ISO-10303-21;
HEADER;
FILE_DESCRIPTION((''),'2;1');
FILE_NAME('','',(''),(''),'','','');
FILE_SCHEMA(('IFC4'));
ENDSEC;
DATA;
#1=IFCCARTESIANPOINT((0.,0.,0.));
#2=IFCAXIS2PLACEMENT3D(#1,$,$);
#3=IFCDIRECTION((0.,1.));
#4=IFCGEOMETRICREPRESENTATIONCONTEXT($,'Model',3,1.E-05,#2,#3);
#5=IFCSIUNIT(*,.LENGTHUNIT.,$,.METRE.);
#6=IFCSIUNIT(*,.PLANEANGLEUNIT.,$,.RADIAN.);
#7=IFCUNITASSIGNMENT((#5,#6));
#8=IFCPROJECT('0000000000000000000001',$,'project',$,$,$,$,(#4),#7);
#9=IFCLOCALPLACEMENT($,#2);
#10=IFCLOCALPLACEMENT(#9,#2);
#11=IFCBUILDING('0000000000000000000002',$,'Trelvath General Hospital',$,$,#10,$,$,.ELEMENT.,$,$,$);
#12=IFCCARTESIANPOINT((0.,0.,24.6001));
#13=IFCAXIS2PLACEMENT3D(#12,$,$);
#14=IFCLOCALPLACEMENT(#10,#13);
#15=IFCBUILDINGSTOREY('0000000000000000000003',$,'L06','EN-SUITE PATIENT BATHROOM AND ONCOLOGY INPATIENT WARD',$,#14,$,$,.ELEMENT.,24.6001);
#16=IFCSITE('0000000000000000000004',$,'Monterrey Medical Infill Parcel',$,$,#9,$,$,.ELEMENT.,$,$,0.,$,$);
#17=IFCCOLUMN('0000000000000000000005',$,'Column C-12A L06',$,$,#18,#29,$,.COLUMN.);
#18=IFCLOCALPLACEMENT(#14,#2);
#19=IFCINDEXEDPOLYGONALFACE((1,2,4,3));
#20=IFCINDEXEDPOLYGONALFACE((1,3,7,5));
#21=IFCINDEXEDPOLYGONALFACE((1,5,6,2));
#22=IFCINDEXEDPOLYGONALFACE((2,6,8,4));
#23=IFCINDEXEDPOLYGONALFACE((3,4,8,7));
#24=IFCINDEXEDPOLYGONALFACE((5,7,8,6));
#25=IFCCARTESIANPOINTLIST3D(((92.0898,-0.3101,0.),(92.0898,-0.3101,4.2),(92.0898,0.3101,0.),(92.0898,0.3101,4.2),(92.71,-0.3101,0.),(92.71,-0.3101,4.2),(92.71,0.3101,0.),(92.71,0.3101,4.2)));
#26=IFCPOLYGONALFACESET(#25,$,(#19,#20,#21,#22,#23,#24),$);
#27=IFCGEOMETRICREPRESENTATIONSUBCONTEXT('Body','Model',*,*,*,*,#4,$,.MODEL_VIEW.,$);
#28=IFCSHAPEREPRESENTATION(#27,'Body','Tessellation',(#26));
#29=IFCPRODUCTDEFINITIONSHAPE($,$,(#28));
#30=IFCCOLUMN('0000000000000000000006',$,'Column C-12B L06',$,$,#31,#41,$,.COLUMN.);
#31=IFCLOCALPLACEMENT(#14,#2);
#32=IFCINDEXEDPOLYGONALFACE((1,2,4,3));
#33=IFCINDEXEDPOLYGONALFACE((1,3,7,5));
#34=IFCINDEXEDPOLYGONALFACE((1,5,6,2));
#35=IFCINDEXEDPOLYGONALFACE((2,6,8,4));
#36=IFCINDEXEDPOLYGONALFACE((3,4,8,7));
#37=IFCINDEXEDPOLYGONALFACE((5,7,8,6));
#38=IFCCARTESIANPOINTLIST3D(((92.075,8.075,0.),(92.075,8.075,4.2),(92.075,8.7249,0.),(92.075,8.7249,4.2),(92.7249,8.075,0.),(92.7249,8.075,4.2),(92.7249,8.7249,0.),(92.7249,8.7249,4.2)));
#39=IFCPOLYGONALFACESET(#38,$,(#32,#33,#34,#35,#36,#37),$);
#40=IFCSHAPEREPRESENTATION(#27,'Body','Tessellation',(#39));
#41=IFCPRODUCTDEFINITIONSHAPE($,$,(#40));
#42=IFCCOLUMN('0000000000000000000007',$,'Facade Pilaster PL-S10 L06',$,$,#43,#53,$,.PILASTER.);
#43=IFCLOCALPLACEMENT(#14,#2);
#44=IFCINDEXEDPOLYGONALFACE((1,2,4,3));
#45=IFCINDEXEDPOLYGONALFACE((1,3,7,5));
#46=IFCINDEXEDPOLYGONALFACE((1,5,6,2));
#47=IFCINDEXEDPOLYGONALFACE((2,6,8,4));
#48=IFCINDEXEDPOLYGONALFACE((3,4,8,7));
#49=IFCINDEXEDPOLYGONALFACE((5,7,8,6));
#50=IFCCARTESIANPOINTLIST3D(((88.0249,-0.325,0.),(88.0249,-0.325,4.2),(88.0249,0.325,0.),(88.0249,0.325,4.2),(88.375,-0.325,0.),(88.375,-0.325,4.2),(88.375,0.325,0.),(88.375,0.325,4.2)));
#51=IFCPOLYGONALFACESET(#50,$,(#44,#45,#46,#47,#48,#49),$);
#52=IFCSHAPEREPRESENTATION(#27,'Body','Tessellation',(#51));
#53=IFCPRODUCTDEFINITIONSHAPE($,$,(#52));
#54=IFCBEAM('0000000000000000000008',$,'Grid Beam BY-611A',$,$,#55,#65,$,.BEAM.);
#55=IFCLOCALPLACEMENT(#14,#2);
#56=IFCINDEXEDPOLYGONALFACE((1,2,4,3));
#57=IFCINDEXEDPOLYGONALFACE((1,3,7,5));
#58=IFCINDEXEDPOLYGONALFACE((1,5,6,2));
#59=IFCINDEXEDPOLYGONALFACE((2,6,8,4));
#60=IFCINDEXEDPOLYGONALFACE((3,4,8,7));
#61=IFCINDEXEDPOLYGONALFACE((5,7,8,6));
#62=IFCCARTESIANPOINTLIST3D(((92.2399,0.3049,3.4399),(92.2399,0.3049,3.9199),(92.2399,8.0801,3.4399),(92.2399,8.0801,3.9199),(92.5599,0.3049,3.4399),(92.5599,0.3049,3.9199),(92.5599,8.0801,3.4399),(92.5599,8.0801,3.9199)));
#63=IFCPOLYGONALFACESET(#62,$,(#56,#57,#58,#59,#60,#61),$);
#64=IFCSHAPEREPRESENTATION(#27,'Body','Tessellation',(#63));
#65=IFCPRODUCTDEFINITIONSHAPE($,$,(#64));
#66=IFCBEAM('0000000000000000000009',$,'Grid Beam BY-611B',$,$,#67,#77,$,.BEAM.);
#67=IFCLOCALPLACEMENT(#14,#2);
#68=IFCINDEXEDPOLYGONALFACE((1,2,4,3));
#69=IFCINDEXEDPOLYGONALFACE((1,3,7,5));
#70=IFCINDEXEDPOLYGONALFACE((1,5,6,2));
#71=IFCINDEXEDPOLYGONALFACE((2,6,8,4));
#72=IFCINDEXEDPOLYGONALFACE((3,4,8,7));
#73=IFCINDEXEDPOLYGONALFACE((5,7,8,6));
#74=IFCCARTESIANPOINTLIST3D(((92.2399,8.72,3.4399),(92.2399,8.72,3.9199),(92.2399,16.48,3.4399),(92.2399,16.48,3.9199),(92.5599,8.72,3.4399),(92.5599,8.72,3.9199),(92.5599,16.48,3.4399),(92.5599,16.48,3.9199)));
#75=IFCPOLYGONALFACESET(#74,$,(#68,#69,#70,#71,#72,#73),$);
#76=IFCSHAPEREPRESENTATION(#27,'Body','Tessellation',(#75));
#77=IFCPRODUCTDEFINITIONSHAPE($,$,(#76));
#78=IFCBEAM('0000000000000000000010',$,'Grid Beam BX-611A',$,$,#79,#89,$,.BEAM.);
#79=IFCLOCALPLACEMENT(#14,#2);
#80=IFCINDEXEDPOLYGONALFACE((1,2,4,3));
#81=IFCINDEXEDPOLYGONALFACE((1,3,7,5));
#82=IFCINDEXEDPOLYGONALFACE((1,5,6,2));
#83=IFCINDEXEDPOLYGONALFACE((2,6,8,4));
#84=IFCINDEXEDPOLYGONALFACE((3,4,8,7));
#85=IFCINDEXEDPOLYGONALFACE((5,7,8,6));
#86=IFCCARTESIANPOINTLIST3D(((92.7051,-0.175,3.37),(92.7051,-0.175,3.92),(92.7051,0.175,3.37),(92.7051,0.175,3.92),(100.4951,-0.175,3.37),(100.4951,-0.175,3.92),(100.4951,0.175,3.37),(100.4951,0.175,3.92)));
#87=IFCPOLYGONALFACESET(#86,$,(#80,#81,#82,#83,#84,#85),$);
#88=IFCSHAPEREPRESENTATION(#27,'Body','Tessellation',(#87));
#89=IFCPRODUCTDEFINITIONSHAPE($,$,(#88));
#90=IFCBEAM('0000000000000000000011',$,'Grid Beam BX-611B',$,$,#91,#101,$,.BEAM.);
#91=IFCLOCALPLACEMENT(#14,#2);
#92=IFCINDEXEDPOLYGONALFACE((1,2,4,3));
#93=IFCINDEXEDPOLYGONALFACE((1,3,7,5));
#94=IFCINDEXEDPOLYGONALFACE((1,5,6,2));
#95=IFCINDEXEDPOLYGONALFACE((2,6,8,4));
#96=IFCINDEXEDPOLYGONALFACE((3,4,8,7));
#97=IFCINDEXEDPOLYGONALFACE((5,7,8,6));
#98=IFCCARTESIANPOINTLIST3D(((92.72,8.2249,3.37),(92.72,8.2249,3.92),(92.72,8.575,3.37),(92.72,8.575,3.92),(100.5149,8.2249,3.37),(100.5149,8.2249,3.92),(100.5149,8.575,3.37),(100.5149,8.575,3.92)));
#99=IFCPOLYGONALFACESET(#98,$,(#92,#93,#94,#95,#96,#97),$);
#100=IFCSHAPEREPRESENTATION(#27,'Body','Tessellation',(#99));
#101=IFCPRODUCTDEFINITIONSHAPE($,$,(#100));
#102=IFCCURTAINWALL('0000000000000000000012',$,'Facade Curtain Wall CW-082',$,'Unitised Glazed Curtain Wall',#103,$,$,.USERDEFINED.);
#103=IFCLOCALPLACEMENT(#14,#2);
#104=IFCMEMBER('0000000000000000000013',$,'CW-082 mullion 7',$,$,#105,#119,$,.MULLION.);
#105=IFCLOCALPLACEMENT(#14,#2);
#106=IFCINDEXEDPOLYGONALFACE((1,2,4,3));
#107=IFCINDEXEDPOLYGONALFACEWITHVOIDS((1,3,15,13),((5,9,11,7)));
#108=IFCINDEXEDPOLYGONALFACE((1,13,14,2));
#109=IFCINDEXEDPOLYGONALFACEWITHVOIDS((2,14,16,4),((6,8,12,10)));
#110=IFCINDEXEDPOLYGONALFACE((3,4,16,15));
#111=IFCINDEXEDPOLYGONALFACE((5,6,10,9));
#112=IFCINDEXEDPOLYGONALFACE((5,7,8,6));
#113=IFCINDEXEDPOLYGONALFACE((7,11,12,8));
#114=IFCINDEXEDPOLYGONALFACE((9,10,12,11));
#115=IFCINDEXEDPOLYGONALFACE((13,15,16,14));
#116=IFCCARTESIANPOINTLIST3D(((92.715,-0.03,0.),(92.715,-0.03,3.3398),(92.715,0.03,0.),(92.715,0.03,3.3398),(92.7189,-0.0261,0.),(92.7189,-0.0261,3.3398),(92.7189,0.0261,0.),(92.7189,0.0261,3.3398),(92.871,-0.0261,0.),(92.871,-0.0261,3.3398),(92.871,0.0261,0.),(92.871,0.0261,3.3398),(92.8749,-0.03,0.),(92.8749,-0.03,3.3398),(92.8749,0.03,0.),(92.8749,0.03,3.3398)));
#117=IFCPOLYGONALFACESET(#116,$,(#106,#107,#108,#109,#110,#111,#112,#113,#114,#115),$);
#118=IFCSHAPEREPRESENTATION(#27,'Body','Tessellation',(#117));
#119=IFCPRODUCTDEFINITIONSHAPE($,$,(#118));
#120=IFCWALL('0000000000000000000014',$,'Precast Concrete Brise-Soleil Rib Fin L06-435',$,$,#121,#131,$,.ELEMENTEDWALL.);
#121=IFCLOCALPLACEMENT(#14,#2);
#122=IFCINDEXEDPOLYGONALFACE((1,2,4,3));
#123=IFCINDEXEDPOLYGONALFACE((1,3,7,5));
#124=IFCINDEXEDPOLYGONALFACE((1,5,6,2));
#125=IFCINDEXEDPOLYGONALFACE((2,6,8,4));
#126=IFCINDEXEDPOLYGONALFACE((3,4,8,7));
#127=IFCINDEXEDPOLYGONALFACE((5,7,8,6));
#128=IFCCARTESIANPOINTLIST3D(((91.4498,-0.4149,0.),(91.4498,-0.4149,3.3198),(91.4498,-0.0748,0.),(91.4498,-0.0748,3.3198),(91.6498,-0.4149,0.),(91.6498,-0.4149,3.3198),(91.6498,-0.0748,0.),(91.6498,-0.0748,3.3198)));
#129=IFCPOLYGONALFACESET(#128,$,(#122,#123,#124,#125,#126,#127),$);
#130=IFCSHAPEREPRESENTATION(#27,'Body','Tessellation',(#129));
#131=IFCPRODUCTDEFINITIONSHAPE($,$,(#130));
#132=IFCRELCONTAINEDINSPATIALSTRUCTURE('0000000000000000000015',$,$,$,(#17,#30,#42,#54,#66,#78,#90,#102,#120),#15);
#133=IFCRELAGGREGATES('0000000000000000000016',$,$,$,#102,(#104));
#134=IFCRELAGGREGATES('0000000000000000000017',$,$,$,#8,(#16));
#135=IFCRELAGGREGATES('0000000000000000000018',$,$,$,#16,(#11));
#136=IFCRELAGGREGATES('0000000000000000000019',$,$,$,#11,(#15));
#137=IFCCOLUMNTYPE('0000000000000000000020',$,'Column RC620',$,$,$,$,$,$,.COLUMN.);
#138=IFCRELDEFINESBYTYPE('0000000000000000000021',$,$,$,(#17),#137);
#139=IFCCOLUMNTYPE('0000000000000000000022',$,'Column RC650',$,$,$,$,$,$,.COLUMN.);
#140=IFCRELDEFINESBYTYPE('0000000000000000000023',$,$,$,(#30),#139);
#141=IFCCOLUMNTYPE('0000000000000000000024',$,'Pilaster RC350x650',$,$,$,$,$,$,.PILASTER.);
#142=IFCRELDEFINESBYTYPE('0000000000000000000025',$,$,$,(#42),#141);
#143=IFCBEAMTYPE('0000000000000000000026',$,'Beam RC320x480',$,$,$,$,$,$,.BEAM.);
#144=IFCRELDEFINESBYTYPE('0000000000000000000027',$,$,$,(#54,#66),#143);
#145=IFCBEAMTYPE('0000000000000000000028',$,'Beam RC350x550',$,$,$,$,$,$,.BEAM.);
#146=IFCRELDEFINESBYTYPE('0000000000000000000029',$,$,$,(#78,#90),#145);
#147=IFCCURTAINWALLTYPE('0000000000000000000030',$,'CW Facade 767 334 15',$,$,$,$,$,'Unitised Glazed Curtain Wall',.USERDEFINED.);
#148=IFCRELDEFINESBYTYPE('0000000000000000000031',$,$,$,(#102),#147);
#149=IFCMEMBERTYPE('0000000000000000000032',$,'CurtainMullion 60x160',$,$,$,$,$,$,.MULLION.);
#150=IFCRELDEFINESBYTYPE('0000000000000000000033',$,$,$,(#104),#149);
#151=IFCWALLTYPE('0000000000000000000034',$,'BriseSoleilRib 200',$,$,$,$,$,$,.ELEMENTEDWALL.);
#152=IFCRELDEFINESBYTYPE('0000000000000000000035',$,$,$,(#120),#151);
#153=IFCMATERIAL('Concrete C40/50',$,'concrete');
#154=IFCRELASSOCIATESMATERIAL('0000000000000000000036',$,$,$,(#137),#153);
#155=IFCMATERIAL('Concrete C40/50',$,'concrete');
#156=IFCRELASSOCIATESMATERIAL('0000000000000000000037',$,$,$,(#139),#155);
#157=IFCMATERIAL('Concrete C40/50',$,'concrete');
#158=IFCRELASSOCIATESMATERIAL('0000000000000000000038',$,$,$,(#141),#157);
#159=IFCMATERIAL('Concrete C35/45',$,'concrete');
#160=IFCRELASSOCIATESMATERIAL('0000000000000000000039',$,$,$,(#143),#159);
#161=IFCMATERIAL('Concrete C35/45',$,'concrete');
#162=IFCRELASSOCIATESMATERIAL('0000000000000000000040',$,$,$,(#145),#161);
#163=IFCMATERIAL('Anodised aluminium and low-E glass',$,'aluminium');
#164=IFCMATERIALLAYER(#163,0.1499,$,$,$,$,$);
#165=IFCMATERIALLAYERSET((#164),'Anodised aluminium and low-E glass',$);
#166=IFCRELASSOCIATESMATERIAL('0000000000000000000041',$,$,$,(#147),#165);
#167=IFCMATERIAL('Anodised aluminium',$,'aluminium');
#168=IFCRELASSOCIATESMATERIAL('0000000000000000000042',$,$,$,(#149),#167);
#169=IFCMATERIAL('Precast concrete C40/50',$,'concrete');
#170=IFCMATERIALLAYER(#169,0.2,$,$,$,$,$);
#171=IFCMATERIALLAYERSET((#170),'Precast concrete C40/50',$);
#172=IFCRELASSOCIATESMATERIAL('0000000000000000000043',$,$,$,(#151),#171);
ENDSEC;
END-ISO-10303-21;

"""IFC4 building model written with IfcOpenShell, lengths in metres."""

from ifc_helpers import new_model, si_unit, direction, frame, frame_2d, origin, origin_2d, place, context, subcontext, project, spatial, rectangle, hollow_rectangle, extrude, material, layer, layer_set, material_profile, profile_set, type_object, element, aggregate, save


model = new_model("IFC4")

# Units and contexts
model_context = context("Model", 3, precision=1e-05, world=origin(), true_north=direction((0.0, 1.0)))
body_context = subcontext(model_context, "Body", "Model", "MODEL_VIEW")
ifc_project = project(units=[si_unit("LENGTHUNIT", "METRE"), si_unit("PLANEANGLEUNIT", "RADIAN")], contexts=[model_context])

# Site, building, storey
site_placement = place(None, origin())
site = spatial("IfcSite", under=ifc_project, at=site_placement, Name="Monterrey Medical Infill Parcel", CompositionType="ELEMENT", RefElevation=0.0)
building_placement = place(site_placement, origin())
building = spatial("IfcBuilding", under=site, at=building_placement, Name="Trelvath General Hospital", CompositionType="ELEMENT")
storey_placement = place(building_placement, frame((0.0, 0.0, 24.6001)))
storey = spatial("IfcBuildingStorey", under=building, at=storey_placement, Name="L06", Description="EN-SUITE PATIENT BATHROOM AND ONCOLOGY INPATIENT WARD", CompositionType="ELEMENT", Elevation=24.6001)

# Columns
ifc_material_1 = material(Name="Concrete C40/50", Category="concrete")
ifc_material_profile_1 = material_profile(ifc_material_1, rectangle(XDim=0.6201, YDim=0.6201, at=origin_2d()), Name="RC620x620")
ifc_profile_set_1 = profile_set([ifc_material_profile_1], Name="Concrete C40/50")
column_type_1 = type_object("IfcColumnType", Name="Column RC620", PredefinedType="COLUMN", material=ifc_profile_set_1)
column_1_placement = place(storey_placement, frame((92.3999, 0.0, 0.0), z_axis=(0.0, 0.0, 1.0), x_axis=(1.0, 0.0, 0.0)))
element("IfcColumn", 1, at=column_1_placement, inside=storey, type_object=column_type_1, Name="Column C-12A L06", PredefinedType="COLUMN", context=body_context, shape_type="SweptSolid", body=[
    extrude(rectangle(XDim=0.6201, YDim=0.6201, at=origin_2d()), origin(), (0.0, 0.0, 1.0), 4.2),
])
ifc_material_2 = material(Name="Concrete C40/50", Category="concrete")
ifc_material_profile_2 = material_profile(ifc_material_2, rectangle(XDim=0.6499, YDim=0.6499, at=origin_2d()), Name="RC650x650")
ifc_profile_set_2 = profile_set([ifc_material_profile_2], Name="Concrete C40/50")
column_type_2 = type_object("IfcColumnType", Name="Column RC650", PredefinedType="COLUMN", material=ifc_profile_set_2)
column_2_placement = place(storey_placement, frame((92.3999, 8.3999, 0.0), z_axis=(0.0, 0.0, 1.0), x_axis=(1.0, 0.0, 0.0)))
element("IfcColumn", 2, at=column_2_placement, inside=storey, type_object=column_type_2, Name="Column C-12B L06", PredefinedType="COLUMN", context=body_context, shape_type="SweptSolid", body=[
    extrude(rectangle(XDim=0.6499, YDim=0.6499, at=origin_2d()), origin(), (0.0, 0.0, 1.0), 4.2),
])
ifc_material_3 = material(Name="Concrete C40/50", Category="concrete")
ifc_material_profile_3 = material_profile(ifc_material_3, rectangle(XDim=0.3501, YDim=0.6499, at=origin_2d()), Name="RC350x650")
ifc_profile_set_3 = profile_set([ifc_material_profile_3], Name="Concrete C40/50")
column_type_3 = type_object("IfcColumnType", Name="Pilaster RC350x650", PredefinedType="PILASTER", material=ifc_profile_set_3)
column_3_placement = place(storey_placement, frame((88.2, 0.0, 0.0), z_axis=(0.0, 0.0, 1.0), x_axis=(1.0, 0.0, 0.0)))
element("IfcColumn", 3, at=column_3_placement, inside=storey, type_object=column_type_3, Name="Facade Pilaster PL-S10 L06", PredefinedType="PILASTER", context=body_context, shape_type="SweptSolid", body=[
    extrude(rectangle(XDim=0.3501, YDim=0.6499, at=origin_2d()), origin(), (0.0, 0.0, 1.0), 4.2),
])

# Beams
ifc_material_4 = material(Name="Concrete C35/45", Category="concrete")
ifc_material_profile_4 = material_profile(ifc_material_4, rectangle(XDim=0.3201, YDim=0.48, at=origin_2d()), Name="RCB320x480")
ifc_profile_set_4 = profile_set([ifc_material_profile_4], Name="Concrete C35/45")
beam_type_1 = type_object("IfcBeamType", Name="Beam RC320x480", PredefinedType="BEAM", material=ifc_profile_set_4)
beam_1_placement = place(storey_placement, frame((92.3999, 0.3049, 3.6799), z_axis=(0.0, 1.0, 0.0), x_axis=(-1.0, 0.0, 0.0)))
element("IfcBeam", 4, at=beam_1_placement, inside=storey, type_object=beam_type_1, Name="Grid Beam BY-611A", PredefinedType="BEAM", context=body_context, shape_type="SweptSolid", body=[
    extrude(rectangle(XDim=0.3201, YDim=0.48, at=origin_2d()), origin(), (0.0, 0.0, 1.0), 7.7751),
])
beam_2_placement = place(storey_placement, frame((92.3999, 8.72, 3.6799), z_axis=(0.0, 1.0, 0.0), x_axis=(-1.0, 0.0, 0.0)))
element("IfcBeam", 5, at=beam_2_placement, inside=storey, type_object=beam_type_1, Name="Grid Beam BY-611B", PredefinedType="BEAM", context=body_context, shape_type="SweptSolid", body=[
    extrude(rectangle(XDim=0.3201, YDim=0.48, at=origin_2d()), origin(), (0.0, 0.0, 1.0), 7.76),
])
ifc_material_5 = material(Name="Concrete C35/45", Category="concrete")
ifc_material_profile_5 = material_profile(ifc_material_5, rectangle(XDim=0.3501, YDim=0.55, at=origin_2d()), Name="RCB350x550")
ifc_profile_set_5 = profile_set([ifc_material_profile_5], Name="Concrete C35/45")
beam_type_2 = type_object("IfcBeamType", Name="Beam RC350x550", PredefinedType="BEAM", material=ifc_profile_set_5)
beam_3_placement = place(storey_placement, frame((92.7051, 0.0, 3.645), z_axis=(1.0, 0.0, 0.0), x_axis=(0.0, 1.0, 0.0)))
element("IfcBeam", 6, at=beam_3_placement, inside=storey, type_object=beam_type_2, Name="Grid Beam BX-611A", PredefinedType="BEAM", context=body_context, shape_type="SweptSolid", body=[
    extrude(rectangle(XDim=0.3501, YDim=0.55, at=origin_2d()), origin(), (0.0, 0.0, 1.0), 7.79),
])
beam_4_placement = place(storey_placement, frame((92.72, 8.3999, 3.645), z_axis=(1.0, 0.0, 0.0), x_axis=(0.0, 1.0, 0.0)))
element("IfcBeam", 7, at=beam_4_placement, inside=storey, type_object=beam_type_2, Name="Grid Beam BX-611B", PredefinedType="BEAM", context=body_context, shape_type="SweptSolid", body=[
    extrude(rectangle(XDim=0.3501, YDim=0.55, at=origin_2d()), origin(), (0.0, 0.0, 1.0), 7.7949),
])

# Curtain wall, member
ifc_material_6 = material(Name="Anodised aluminium and low-E glass", Category="aluminium")
ifc_layer_1 = layer(ifc_material_6, 0.1499)
ifc_layer_set_1 = layer_set([ifc_layer_1], Name="Anodised aluminium and low-E glass")
curtain_wall_type = type_object("IfcCurtainWallType", Name="CW Facade 767 334 15", ElementType="Unitised Glazed Curtain Wall", PredefinedType="USERDEFINED", material=ifc_layer_set_1)
curtain_wall_placement = place(storey_placement, origin())
curtain_wall = element("IfcCurtainWall", 8, at=curtain_wall_placement, inside=storey, type_object=curtain_wall_type, Name="Facade Curtain Wall CW-082", ObjectType="Unitised Glazed Curtain Wall", PredefinedType="USERDEFINED")
ifc_material_7 = material(Name="Anodised aluminium", Category="aluminium")
ifc_material_profile_6 = material_profile(ifc_material_7, hollow_rectangle(XDim=0.0601, YDim=0.1599, WallThickness=0.0039, at=origin_2d()), Name="RHS60x160x4")
ifc_profile_set_6 = profile_set([ifc_material_profile_6], Name="Anodised aluminium")
member_type = type_object("IfcMemberType", Name="CurtainMullion 60x160", PredefinedType="MULLION", material=ifc_profile_set_6)
member_placement = place(storey_placement, frame((92.7949, 0.0, 0.0), z_axis=(0.0, 0.0, 1.0), x_axis=(0.0, -1.0, 0.0)))
member = element("IfcMember", 9, at=member_placement, type_object=member_type, Name="CW-082 mullion 7", PredefinedType="MULLION", context=body_context, shape_type="SweptSolid", body=[
    extrude(hollow_rectangle(XDim=0.0601, YDim=0.1599, WallThickness=0.0039, at=origin_2d()), origin(), (0.0, 0.0, 1.0), 3.3398),
])
aggregate(curtain_wall, [member])

# Wall
ifc_material_8 = material(Name="Precast concrete C40/50", Category="concrete")
ifc_layer_2 = layer(ifc_material_8, 0.2)
ifc_layer_set_2 = layer_set([ifc_layer_2], Name="Precast concrete C40/50")
wall_type_1 = type_object("IfcWallType", Name="BriseSoleilRib 200", PredefinedType="ELEMENTEDWALL", material=ifc_layer_set_2)
wall_1_placement = place(storey_placement, frame((91.5498, -0.075, 0.0), z_axis=(0.0, 0.0, 1.0), x_axis=(0.0, -1.0, 0.0)))
element("IfcWall", 10, at=wall_1_placement, inside=storey, type_object=wall_type_1, Name="Precast Concrete Brise-Soleil Rib Fin L06-435", PredefinedType="ELEMENTEDWALL", context=body_context, shape_type="SweptSolid", body=[
    extrude(rectangle(XDim=0.3401, YDim=0.2, at=frame_2d((0.1699, 0.0))), origin(), (0.0, 0.0, 1.0), 3.3198),
])

save(model, "model.ifc")
